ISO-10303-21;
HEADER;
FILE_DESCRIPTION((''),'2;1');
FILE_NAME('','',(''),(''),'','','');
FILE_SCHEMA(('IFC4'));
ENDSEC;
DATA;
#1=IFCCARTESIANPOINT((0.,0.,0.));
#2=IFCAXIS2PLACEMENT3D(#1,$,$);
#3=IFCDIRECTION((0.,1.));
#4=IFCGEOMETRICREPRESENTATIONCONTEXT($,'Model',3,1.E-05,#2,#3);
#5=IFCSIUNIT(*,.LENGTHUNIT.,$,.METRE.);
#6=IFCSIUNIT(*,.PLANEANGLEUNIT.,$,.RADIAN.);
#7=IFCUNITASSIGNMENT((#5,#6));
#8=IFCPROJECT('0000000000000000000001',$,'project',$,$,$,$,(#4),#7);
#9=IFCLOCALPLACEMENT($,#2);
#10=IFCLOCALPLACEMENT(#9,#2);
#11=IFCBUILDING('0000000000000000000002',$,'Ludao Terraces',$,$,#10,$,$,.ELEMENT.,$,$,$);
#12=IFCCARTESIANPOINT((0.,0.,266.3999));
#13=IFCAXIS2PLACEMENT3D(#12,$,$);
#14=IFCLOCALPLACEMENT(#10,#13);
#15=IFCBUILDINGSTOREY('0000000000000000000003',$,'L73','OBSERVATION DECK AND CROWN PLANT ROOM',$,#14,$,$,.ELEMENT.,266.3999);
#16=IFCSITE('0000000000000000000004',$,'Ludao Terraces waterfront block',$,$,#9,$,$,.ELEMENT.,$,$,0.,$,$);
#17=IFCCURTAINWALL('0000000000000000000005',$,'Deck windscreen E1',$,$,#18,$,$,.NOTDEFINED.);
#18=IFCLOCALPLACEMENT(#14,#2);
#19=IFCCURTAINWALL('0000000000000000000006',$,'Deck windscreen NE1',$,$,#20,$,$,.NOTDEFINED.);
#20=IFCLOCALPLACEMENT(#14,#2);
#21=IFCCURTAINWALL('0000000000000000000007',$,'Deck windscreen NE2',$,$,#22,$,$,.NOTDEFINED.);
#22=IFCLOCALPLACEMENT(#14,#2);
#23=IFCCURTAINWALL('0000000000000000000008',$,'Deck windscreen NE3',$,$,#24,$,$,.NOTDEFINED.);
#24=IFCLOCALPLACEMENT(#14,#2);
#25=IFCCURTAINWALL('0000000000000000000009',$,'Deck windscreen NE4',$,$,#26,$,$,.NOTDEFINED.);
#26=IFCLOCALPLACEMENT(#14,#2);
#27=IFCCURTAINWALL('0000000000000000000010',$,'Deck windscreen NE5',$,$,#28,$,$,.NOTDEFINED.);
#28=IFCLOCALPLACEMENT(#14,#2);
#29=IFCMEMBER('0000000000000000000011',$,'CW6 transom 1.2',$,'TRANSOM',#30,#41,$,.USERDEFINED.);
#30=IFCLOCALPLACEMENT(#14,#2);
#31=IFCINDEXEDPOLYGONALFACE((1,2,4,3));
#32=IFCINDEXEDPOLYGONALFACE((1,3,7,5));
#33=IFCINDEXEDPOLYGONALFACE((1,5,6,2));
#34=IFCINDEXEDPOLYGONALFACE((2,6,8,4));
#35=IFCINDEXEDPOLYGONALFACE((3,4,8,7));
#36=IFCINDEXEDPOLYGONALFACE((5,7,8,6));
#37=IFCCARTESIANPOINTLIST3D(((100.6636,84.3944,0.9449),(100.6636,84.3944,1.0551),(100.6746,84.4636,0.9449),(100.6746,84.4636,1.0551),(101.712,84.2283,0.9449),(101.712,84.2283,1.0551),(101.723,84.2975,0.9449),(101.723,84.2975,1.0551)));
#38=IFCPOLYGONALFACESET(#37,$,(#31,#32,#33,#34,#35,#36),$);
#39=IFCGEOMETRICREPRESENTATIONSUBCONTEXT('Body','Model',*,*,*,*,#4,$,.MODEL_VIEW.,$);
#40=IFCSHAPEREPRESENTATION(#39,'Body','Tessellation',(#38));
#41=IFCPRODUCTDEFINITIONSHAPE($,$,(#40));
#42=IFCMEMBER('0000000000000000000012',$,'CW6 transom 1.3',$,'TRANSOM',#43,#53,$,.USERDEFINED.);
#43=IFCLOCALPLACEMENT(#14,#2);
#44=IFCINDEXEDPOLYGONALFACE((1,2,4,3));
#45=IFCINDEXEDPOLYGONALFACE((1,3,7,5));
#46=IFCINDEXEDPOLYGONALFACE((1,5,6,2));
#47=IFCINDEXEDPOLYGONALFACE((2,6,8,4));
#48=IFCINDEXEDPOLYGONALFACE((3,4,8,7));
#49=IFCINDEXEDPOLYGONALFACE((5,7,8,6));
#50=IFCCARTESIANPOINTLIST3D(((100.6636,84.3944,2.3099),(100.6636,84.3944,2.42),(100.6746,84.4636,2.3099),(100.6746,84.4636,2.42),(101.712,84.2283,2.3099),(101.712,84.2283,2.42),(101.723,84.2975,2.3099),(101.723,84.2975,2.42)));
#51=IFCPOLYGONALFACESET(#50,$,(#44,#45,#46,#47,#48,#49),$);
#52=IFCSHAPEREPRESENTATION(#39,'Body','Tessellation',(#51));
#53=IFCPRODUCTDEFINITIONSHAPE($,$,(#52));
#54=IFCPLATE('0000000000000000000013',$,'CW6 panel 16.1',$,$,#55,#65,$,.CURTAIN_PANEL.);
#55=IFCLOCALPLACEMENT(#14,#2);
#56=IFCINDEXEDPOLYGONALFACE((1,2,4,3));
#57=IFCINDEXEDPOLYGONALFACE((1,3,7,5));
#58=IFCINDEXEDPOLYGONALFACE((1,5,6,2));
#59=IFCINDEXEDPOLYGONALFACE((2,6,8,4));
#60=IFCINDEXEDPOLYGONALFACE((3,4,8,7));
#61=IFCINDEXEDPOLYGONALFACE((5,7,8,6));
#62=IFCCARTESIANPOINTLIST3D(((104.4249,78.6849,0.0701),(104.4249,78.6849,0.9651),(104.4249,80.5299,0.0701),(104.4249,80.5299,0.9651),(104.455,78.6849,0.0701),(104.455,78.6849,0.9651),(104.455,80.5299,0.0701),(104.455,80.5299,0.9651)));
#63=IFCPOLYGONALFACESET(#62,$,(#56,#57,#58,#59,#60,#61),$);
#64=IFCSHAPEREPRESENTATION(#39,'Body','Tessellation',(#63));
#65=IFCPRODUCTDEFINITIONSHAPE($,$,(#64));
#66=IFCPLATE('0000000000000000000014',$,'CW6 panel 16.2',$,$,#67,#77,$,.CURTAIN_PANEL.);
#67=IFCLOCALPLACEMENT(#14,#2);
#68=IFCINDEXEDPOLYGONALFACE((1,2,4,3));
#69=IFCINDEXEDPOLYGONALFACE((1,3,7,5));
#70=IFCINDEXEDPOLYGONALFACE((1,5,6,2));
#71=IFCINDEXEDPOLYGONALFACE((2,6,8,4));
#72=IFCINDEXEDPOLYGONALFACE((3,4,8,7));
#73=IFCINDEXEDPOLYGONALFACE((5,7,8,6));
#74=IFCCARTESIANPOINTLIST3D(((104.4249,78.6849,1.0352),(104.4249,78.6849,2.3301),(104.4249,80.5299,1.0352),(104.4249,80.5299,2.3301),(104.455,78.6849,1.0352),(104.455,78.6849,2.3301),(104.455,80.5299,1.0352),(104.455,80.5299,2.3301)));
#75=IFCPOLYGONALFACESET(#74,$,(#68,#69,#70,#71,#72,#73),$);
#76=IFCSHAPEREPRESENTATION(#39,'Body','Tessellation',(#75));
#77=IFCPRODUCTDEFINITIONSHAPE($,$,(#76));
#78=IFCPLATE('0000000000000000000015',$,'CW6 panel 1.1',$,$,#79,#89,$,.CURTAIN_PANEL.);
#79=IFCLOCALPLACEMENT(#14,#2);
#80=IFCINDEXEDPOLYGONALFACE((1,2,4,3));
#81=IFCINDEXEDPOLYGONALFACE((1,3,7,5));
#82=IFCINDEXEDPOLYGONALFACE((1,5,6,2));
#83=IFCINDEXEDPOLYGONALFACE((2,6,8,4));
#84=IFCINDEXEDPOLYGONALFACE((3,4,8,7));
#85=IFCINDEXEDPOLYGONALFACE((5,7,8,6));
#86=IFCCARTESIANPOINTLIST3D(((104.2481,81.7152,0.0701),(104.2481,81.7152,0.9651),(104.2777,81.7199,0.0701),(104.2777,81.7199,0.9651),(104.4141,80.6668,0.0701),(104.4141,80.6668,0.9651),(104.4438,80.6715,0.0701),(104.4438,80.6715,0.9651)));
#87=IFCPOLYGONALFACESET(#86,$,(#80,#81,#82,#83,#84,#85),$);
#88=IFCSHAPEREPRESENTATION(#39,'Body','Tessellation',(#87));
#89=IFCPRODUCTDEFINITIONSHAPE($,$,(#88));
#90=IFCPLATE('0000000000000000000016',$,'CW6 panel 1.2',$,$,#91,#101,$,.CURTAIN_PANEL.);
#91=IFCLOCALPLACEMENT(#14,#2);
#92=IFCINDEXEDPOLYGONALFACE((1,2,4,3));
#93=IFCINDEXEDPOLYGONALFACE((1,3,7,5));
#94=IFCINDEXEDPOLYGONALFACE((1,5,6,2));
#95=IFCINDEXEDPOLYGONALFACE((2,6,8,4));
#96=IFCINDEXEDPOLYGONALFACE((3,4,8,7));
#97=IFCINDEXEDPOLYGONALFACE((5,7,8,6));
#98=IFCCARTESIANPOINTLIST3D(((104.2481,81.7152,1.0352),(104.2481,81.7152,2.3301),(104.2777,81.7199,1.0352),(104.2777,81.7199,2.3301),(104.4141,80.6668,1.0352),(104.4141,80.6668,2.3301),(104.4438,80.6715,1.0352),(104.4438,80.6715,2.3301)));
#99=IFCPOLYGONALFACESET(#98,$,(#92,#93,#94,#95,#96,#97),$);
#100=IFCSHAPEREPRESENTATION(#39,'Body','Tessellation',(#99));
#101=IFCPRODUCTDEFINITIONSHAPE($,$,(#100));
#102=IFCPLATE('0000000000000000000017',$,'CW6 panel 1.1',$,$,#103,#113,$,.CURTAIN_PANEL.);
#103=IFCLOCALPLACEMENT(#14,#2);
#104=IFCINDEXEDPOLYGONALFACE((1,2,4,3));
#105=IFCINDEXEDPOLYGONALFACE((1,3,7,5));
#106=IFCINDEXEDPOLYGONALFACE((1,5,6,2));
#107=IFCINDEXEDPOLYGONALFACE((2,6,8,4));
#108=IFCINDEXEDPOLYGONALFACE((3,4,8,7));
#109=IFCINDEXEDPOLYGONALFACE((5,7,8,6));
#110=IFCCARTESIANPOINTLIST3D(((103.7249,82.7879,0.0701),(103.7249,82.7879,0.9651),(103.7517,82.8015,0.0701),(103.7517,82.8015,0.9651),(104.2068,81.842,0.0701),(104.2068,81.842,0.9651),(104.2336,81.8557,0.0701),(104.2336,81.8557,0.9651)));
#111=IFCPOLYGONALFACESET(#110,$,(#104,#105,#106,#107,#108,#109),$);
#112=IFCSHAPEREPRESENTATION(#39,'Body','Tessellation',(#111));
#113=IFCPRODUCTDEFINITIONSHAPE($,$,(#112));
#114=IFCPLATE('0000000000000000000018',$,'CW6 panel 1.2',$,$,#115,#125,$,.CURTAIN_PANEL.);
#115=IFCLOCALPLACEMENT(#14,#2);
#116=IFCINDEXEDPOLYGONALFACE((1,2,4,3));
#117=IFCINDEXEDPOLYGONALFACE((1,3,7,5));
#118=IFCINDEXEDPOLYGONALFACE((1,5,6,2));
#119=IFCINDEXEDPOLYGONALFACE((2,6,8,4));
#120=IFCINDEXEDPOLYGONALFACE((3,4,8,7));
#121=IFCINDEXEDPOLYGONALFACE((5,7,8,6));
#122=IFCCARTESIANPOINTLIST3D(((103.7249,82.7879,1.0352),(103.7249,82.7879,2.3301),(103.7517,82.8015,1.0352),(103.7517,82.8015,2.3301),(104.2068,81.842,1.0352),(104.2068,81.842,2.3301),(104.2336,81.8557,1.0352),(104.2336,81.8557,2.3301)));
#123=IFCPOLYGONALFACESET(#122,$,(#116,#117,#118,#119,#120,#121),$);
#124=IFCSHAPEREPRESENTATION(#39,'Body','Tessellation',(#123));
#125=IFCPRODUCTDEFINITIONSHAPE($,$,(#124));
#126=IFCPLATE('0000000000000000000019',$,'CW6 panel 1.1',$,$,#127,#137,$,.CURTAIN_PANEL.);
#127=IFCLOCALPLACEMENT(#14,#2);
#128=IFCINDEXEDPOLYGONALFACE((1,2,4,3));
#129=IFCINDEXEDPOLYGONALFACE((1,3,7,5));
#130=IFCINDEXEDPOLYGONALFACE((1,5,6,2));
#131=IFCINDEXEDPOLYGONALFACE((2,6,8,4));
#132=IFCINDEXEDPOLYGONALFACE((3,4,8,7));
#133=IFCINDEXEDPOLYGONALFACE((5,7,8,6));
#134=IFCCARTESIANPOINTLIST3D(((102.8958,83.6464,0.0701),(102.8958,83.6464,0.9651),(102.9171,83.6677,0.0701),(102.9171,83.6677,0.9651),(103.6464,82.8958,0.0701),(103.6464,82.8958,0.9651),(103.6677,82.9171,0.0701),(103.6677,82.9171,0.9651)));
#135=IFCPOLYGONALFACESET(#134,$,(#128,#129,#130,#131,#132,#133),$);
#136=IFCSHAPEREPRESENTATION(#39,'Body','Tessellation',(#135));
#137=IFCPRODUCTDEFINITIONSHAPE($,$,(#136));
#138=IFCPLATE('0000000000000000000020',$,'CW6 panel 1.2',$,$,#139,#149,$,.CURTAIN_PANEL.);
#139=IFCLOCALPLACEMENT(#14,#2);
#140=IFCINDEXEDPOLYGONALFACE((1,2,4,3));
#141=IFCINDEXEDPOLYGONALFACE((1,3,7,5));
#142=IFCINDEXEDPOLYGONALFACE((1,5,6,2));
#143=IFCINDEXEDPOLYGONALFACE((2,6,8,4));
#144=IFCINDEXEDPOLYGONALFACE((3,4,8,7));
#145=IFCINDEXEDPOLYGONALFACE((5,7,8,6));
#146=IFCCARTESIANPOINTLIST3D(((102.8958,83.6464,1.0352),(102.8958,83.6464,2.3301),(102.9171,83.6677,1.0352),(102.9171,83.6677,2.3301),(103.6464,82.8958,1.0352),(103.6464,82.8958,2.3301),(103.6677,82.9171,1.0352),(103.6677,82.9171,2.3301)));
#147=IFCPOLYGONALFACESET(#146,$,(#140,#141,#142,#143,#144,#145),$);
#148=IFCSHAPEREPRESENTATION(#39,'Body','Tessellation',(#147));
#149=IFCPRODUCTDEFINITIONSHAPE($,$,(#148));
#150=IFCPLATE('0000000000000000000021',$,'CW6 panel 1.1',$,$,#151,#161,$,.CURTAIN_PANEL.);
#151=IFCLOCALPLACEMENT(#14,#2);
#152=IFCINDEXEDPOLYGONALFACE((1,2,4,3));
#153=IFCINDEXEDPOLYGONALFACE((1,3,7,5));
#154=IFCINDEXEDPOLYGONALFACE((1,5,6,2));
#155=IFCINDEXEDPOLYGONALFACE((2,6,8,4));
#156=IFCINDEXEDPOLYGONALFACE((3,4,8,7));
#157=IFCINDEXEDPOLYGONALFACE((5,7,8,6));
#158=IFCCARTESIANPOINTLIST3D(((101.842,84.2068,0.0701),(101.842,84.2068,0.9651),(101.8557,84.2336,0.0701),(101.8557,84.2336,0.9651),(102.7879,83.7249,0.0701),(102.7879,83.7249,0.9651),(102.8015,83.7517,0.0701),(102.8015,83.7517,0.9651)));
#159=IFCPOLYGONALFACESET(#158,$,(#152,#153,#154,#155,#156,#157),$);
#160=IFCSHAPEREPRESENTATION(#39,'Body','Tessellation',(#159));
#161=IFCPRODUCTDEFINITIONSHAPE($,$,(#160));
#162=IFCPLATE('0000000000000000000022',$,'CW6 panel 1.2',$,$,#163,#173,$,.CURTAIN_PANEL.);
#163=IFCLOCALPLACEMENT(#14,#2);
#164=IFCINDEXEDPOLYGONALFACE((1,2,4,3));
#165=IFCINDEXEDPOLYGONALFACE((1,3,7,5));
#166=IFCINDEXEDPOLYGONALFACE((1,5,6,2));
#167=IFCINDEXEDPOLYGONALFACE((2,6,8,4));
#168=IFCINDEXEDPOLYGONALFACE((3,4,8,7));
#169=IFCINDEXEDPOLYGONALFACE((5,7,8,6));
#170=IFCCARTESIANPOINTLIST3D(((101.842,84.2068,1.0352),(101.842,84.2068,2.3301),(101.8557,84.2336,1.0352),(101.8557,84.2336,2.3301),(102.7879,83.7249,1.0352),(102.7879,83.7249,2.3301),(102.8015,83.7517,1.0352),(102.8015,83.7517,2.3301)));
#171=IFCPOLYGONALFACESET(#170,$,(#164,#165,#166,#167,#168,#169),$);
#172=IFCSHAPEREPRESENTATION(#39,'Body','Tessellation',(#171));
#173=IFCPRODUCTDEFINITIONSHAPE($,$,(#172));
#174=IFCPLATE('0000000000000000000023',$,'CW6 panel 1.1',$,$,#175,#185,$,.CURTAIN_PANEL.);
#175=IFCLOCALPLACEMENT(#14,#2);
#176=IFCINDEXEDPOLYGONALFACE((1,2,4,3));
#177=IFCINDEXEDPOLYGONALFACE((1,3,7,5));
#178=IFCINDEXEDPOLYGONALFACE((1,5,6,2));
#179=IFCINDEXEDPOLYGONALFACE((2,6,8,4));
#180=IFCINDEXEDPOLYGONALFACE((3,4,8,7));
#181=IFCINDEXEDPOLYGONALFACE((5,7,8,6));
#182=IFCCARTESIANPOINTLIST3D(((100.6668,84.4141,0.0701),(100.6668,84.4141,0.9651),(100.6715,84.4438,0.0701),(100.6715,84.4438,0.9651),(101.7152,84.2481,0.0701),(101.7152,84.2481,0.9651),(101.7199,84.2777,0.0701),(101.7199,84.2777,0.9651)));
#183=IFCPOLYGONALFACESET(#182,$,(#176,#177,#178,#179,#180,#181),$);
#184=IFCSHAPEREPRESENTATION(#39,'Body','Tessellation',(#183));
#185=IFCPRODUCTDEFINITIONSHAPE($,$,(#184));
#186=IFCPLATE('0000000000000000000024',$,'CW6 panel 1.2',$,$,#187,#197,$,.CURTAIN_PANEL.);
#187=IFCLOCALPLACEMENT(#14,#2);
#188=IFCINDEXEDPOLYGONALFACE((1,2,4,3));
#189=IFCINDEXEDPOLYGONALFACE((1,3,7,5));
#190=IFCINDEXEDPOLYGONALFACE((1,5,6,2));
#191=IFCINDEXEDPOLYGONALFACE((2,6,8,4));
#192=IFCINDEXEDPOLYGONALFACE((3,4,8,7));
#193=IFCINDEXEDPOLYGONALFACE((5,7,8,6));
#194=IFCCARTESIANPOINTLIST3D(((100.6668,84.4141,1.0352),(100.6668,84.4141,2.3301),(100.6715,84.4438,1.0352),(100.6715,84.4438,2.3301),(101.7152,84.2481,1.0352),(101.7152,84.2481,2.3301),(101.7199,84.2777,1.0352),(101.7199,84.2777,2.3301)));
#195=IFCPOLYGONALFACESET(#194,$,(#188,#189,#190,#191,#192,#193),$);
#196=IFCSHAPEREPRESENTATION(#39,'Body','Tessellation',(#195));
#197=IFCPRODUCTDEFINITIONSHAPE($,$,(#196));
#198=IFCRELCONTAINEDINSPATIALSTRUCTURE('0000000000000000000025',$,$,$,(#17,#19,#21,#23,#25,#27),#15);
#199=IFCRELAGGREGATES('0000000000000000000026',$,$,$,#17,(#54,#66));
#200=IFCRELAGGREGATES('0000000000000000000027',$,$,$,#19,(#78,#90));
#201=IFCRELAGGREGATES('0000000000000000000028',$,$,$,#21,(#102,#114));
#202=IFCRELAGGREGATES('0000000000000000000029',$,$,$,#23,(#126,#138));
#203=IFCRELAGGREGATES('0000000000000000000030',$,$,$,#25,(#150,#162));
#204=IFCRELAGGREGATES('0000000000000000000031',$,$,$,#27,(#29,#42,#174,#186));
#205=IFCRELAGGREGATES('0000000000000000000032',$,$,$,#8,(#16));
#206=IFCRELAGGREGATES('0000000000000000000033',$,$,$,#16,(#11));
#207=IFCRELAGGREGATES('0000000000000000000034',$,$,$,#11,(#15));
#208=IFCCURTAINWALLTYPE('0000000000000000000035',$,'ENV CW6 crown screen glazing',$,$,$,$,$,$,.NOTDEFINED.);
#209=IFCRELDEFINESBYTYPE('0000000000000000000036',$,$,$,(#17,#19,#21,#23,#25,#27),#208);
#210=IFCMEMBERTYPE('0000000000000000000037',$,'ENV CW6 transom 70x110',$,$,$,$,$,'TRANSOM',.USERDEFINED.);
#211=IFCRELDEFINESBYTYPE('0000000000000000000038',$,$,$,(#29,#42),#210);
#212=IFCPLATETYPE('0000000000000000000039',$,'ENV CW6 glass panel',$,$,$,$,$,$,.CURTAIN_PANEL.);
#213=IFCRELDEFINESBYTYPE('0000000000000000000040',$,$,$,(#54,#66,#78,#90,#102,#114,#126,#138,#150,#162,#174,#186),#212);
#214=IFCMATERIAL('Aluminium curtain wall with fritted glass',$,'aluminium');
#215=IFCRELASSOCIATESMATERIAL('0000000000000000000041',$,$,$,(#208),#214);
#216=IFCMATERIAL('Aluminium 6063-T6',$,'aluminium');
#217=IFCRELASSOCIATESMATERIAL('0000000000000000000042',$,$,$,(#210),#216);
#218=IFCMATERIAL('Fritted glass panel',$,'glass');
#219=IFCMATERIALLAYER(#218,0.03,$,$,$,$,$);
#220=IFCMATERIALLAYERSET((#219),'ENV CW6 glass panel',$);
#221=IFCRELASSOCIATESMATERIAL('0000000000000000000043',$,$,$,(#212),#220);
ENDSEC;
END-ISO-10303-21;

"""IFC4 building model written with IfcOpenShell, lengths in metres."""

from ifc_helpers import new_model, si_unit, direction, frame, origin, origin_2d, place, context, subcontext, project, spatial, rectangle, extrude, material, layer, layer_set, material_profile, profile_set, type_object, element, aggregate, save


model = new_model("IFC4")

# Units and contexts
model_context = context("Model", 3, precision=1e-05, world=origin(), true_north=direction((0.0, 1.0)))
body_context = subcontext(model_context, "Body", "Model", "MODEL_VIEW")
ifc_project = project(units=[si_unit("LENGTHUNIT", "METRE"), si_unit("PLANEANGLEUNIT", "RADIAN")], contexts=[model_context])

# Site, building, storey
site_placement = place(None, origin())
site = spatial("IfcSite", under=ifc_project, at=site_placement, Name="Ludao Terraces waterfront block", CompositionType="ELEMENT", RefElevation=0.0)
building_placement = place(site_placement, origin())
building = spatial("IfcBuilding", under=site, at=building_placement, Name="Ludao Terraces", CompositionType="ELEMENT")
storey_placement = place(building_placement, frame((0.0, 0.0, 266.3999)))
storey = spatial("IfcBuildingStorey", under=building, at=storey_placement, Name="L73", Description="OBSERVATION DECK AND CROWN PLANT ROOM", CompositionType="ELEMENT", Elevation=266.3999)

# Curtain wall
ifc_material_1 = material(Name="Aluminium curtain wall with fritted glass", Category="aluminium")
curtain_wall_type = type_object("IfcCurtainWallType", Name="ENV CW6 crown screen glazing", PredefinedType="NOTDEFINED", material=ifc_material_1)
curtain_wall_1_placement = place(storey_placement, origin())
curtain_wall_1 = element("IfcCurtainWall", 1, at=curtain_wall_1_placement, inside=storey, type_object=curtain_wall_type, Name="Deck windscreen E1", PredefinedType="NOTDEFINED")
ifc_material_2 = material(Name="Aluminium 6063-T6", Category="aluminium")

# Curtain walls
curtain_wall_2_placement = place(storey_placement, origin())
curtain_wall_2 = element("IfcCurtainWall", 2, at=curtain_wall_2_placement, inside=storey, type_object=curtain_wall_type, Name="Deck windscreen NE1", PredefinedType="NOTDEFINED")
curtain_wall_3_placement = place(storey_placement, origin())
curtain_wall_3 = element("IfcCurtainWall", 3, at=curtain_wall_3_placement, inside=storey, type_object=curtain_wall_type, Name="Deck windscreen NE2", PredefinedType="NOTDEFINED")
curtain_wall_4_placement = place(storey_placement, origin())
curtain_wall_4 = element("IfcCurtainWall", 4, at=curtain_wall_4_placement, inside=storey, type_object=curtain_wall_type, Name="Deck windscreen NE3", PredefinedType="NOTDEFINED")
curtain_wall_5_placement = place(storey_placement, origin())
curtain_wall_5 = element("IfcCurtainWall", 5, at=curtain_wall_5_placement, inside=storey, type_object=curtain_wall_type, Name="Deck windscreen NE4", PredefinedType="NOTDEFINED")
curtain_wall_6_placement = place(storey_placement, origin())
curtain_wall_6 = element("IfcCurtainWall", 6, at=curtain_wall_6_placement, inside=storey, type_object=curtain_wall_type, Name="Deck windscreen NE5", PredefinedType="NOTDEFINED")

# Members
ifc_material_profile_1 = material_profile(ifc_material_2, rectangle(XDim=0.0701, YDim=0.1101, at=origin_2d()), Name="70 X 110")
ifc_profile_set_1 = profile_set([ifc_material_profile_1], Name="Aluminium 6063-T6")
member_type_1 = type_object("IfcMemberType", Name="ENV CW6 transom 70x110", ElementType="TRANSOM", PredefinedType="USERDEFINED", material=ifc_profile_set_1)
member_1_placement = place(storey_placement, frame((101.7175, 84.2629, 1.0), z_axis=(-0.987692, 0.156411, 0.0), x_axis=(-0.156411, -0.987692, 0.0)))
member_1 = element("IfcMember", 7, at=member_1_placement, type_object=member_type_1, Name="CW6 transom 1.2", ObjectType="TRANSOM", PredefinedType="USERDEFINED", context=body_context, shape_type="SweptSolid", body=[
    extrude(rectangle(XDim=0.0701, YDim=0.1101, at=origin_2d()), origin(), (0.0, 0.0, 1.0), 1.0615),
])
member_2_placement = place(storey_placement, frame((101.7175, 84.2629, 2.365), z_axis=(-0.987692, 0.156411, 0.0), x_axis=(-0.156411, -0.987692, 0.0)))
member_2 = element("IfcMember", 8, at=member_2_placement, type_object=member_type_1, Name="CW6 transom 1.3", ObjectType="TRANSOM", PredefinedType="USERDEFINED", context=body_context, shape_type="SweptSolid", body=[
    extrude(rectangle(XDim=0.0701, YDim=0.1101, at=origin_2d()), origin(), (0.0, 0.0, 1.0), 1.0615),
])

# Plates
ifc_material_3 = material(Name="Fritted glass panel", Category="glass")
ifc_layer = layer(ifc_material_3, 0.03)
ifc_layer_set = layer_set([ifc_layer], Name="ENV CW6 glass panel")
plate_type = type_object("IfcPlateType", Name="ENV CW6 glass panel", PredefinedType="CURTAIN_PANEL", material=ifc_layer_set)
plate_1_placement = place(storey_placement, frame((104.4399, 79.6074, 0.0701), z_axis=(0.0, 0.0, 1.0), x_axis=(0.0, 1.0, 0.0)))
plate_1 = element("IfcPlate", 9, at=plate_1_placement, type_object=plate_type, Name="CW6 panel 16.1", PredefinedType="CURTAIN_PANEL", context=body_context, shape_type="SweptSolid", body=[
    extrude(rectangle(XDim=1.845, YDim=0.03, at=origin_2d()), origin(), (0.0, 0.0, 1.0), 0.895),
])
plate_2_placement = place(storey_placement, frame((104.4399, 79.6074, 1.0352), z_axis=(0.0, 0.0, 1.0), x_axis=(0.0, 1.0, 0.0)))
plate_2 = element("IfcPlate", 10, at=plate_2_placement, type_object=plate_type, Name="CW6 panel 16.2", PredefinedType="CURTAIN_PANEL", context=body_context, shape_type="SweptSolid", body=[
    extrude(rectangle(XDim=1.845, YDim=0.03, at=origin_2d()), origin(), (0.0, 0.0, 1.0), 1.2949),
])
aggregate(curtain_wall_1, [plate_1, plate_2])
plate_3_placement = place(storey_placement, frame((104.3459, 81.1934, 0.0701), z_axis=(0.0, 0.0, 1.0), x_axis=(-0.156435, 0.987688, 0.0)))
plate_3 = element("IfcPlate", 11, at=plate_3_placement, type_object=plate_type, Name="CW6 panel 1.1", PredefinedType="CURTAIN_PANEL", context=body_context, shape_type="SweptSolid", body=[
    extrude(rectangle(XDim=1.0615, YDim=0.03, at=origin_2d()), origin(), (0.0, 0.0, 1.0), 0.895),
])
plate_4_placement = place(storey_placement, frame((104.3459, 81.1934, 1.0352), z_axis=(0.0, 0.0, 1.0), x_axis=(-0.156435, 0.987688, 0.0)))
plate_4 = element("IfcPlate", 12, at=plate_4_placement, type_object=plate_type, Name="CW6 panel 1.2", PredefinedType="CURTAIN_PANEL", context=body_context, shape_type="SweptSolid", body=[
    extrude(rectangle(XDim=1.0615, YDim=0.03, at=origin_2d()), origin(), (0.0, 0.0, 1.0), 1.2949),
])
aggregate(curtain_wall_2, [plate_3, plate_4])
plate_5_placement = place(storey_placement, frame((103.9792, 82.3218, 0.0701), z_axis=(0.0, 0.0, 1.0), x_axis=(-0.453991, 0.891006, 0.0)))
plate_5 = element("IfcPlate", 13, at=plate_5_placement, type_object=plate_type, Name="CW6 panel 1.1", PredefinedType="CURTAIN_PANEL", context=body_context, shape_type="SweptSolid", body=[
    extrude(rectangle(XDim=1.0615, YDim=0.03, at=origin_2d()), origin(), (0.0, 0.0, 1.0), 0.895),
])
plate_6_placement = place(storey_placement, frame((103.9792, 82.3218, 1.0352), z_axis=(0.0, 0.0, 1.0), x_axis=(-0.453991, 0.891006, 0.0)))
plate_6 = element("IfcPlate", 14, at=plate_6_placement, type_object=plate_type, Name="CW6 panel 1.2", PredefinedType="CURTAIN_PANEL", context=body_context, shape_type="SweptSolid", body=[
    extrude(rectangle(XDim=1.0615, YDim=0.03, at=origin_2d()), origin(), (0.0, 0.0, 1.0), 1.2949),
])
aggregate(curtain_wall_3, [plate_5, plate_6])
plate_7_placement = place(storey_placement, frame((103.2817, 83.2817, 0.0701), z_axis=(0.0, 0.0, 1.0), x_axis=(-0.707107, 0.707107, 0.0)))
plate_7 = element("IfcPlate", 15, at=plate_7_placement, type_object=plate_type, Name="CW6 panel 1.1", PredefinedType="CURTAIN_PANEL", context=body_context, shape_type="SweptSolid", body=[
    extrude(rectangle(XDim=1.0615, YDim=0.03, at=origin_2d()), origin(), (0.0, 0.0, 1.0), 0.895),
])
plate_8_placement = place(storey_placement, frame((103.2817, 83.2817, 1.0352), z_axis=(0.0, 0.0, 1.0), x_axis=(-0.707107, 0.707107, 0.0)))
plate_8 = element("IfcPlate", 16, at=plate_8_placement, type_object=plate_type, Name="CW6 panel 1.2", PredefinedType="CURTAIN_PANEL", context=body_context, shape_type="SweptSolid", body=[
    extrude(rectangle(XDim=1.0615, YDim=0.03, at=origin_2d()), origin(), (0.0, 0.0, 1.0), 1.2949),
])
aggregate(curtain_wall_4, [plate_7, plate_8])
plate_9_placement = place(storey_placement, frame((102.3218, 83.9792, 0.0701), z_axis=(0.0, 0.0, 1.0), x_axis=(-0.891006, 0.453991, 0.0)))
plate_9 = element("IfcPlate", 17, at=plate_9_placement, type_object=plate_type, Name="CW6 panel 1.1", PredefinedType="CURTAIN_PANEL", context=body_context, shape_type="SweptSolid", body=[
    extrude(rectangle(XDim=1.0615, YDim=0.03, at=origin_2d()), origin(), (0.0, 0.0, 1.0), 0.895),
])
plate_10_placement = place(storey_placement, frame((102.3218, 83.9792, 1.0352), z_axis=(0.0, 0.0, 1.0), x_axis=(-0.891006, 0.453991, 0.0)))
plate_10 = element("IfcPlate", 18, at=plate_10_placement, type_object=plate_type, Name="CW6 panel 1.2", PredefinedType="CURTAIN_PANEL", context=body_context, shape_type="SweptSolid", body=[
    extrude(rectangle(XDim=1.0615, YDim=0.03, at=origin_2d()), origin(), (0.0, 0.0, 1.0), 1.2949),
])
aggregate(curtain_wall_5, [plate_9, plate_10])
plate_11_placement = place(storey_placement, frame((101.1934, 84.3459, 0.0701), z_axis=(0.0, 0.0, 1.0), x_axis=(-0.987688, 0.156435, 0.0)))
plate_11 = element("IfcPlate", 19, at=plate_11_placement, type_object=plate_type, Name="CW6 panel 1.1", PredefinedType="CURTAIN_PANEL", context=body_context, shape_type="SweptSolid", body=[
    extrude(rectangle(XDim=1.0615, YDim=0.03, at=origin_2d()), origin(), (0.0, 0.0, 1.0), 0.895),
])
plate_12_placement = place(storey_placement, frame((101.1934, 84.3459, 1.0352), z_axis=(0.0, 0.0, 1.0), x_axis=(-0.987688, 0.156435, 0.0)))
plate_12 = element("IfcPlate", 20, at=plate_12_placement, type_object=plate_type, Name="CW6 panel 1.2", PredefinedType="CURTAIN_PANEL", context=body_context, shape_type="SweptSolid", body=[
    extrude(rectangle(XDim=1.0615, YDim=0.03, at=origin_2d()), origin(), (0.0, 0.0, 1.0), 1.2949),
])
aggregate(curtain_wall_6, [member_1, member_2, plate_11, plate_12])

save(model, "model.ifc")
